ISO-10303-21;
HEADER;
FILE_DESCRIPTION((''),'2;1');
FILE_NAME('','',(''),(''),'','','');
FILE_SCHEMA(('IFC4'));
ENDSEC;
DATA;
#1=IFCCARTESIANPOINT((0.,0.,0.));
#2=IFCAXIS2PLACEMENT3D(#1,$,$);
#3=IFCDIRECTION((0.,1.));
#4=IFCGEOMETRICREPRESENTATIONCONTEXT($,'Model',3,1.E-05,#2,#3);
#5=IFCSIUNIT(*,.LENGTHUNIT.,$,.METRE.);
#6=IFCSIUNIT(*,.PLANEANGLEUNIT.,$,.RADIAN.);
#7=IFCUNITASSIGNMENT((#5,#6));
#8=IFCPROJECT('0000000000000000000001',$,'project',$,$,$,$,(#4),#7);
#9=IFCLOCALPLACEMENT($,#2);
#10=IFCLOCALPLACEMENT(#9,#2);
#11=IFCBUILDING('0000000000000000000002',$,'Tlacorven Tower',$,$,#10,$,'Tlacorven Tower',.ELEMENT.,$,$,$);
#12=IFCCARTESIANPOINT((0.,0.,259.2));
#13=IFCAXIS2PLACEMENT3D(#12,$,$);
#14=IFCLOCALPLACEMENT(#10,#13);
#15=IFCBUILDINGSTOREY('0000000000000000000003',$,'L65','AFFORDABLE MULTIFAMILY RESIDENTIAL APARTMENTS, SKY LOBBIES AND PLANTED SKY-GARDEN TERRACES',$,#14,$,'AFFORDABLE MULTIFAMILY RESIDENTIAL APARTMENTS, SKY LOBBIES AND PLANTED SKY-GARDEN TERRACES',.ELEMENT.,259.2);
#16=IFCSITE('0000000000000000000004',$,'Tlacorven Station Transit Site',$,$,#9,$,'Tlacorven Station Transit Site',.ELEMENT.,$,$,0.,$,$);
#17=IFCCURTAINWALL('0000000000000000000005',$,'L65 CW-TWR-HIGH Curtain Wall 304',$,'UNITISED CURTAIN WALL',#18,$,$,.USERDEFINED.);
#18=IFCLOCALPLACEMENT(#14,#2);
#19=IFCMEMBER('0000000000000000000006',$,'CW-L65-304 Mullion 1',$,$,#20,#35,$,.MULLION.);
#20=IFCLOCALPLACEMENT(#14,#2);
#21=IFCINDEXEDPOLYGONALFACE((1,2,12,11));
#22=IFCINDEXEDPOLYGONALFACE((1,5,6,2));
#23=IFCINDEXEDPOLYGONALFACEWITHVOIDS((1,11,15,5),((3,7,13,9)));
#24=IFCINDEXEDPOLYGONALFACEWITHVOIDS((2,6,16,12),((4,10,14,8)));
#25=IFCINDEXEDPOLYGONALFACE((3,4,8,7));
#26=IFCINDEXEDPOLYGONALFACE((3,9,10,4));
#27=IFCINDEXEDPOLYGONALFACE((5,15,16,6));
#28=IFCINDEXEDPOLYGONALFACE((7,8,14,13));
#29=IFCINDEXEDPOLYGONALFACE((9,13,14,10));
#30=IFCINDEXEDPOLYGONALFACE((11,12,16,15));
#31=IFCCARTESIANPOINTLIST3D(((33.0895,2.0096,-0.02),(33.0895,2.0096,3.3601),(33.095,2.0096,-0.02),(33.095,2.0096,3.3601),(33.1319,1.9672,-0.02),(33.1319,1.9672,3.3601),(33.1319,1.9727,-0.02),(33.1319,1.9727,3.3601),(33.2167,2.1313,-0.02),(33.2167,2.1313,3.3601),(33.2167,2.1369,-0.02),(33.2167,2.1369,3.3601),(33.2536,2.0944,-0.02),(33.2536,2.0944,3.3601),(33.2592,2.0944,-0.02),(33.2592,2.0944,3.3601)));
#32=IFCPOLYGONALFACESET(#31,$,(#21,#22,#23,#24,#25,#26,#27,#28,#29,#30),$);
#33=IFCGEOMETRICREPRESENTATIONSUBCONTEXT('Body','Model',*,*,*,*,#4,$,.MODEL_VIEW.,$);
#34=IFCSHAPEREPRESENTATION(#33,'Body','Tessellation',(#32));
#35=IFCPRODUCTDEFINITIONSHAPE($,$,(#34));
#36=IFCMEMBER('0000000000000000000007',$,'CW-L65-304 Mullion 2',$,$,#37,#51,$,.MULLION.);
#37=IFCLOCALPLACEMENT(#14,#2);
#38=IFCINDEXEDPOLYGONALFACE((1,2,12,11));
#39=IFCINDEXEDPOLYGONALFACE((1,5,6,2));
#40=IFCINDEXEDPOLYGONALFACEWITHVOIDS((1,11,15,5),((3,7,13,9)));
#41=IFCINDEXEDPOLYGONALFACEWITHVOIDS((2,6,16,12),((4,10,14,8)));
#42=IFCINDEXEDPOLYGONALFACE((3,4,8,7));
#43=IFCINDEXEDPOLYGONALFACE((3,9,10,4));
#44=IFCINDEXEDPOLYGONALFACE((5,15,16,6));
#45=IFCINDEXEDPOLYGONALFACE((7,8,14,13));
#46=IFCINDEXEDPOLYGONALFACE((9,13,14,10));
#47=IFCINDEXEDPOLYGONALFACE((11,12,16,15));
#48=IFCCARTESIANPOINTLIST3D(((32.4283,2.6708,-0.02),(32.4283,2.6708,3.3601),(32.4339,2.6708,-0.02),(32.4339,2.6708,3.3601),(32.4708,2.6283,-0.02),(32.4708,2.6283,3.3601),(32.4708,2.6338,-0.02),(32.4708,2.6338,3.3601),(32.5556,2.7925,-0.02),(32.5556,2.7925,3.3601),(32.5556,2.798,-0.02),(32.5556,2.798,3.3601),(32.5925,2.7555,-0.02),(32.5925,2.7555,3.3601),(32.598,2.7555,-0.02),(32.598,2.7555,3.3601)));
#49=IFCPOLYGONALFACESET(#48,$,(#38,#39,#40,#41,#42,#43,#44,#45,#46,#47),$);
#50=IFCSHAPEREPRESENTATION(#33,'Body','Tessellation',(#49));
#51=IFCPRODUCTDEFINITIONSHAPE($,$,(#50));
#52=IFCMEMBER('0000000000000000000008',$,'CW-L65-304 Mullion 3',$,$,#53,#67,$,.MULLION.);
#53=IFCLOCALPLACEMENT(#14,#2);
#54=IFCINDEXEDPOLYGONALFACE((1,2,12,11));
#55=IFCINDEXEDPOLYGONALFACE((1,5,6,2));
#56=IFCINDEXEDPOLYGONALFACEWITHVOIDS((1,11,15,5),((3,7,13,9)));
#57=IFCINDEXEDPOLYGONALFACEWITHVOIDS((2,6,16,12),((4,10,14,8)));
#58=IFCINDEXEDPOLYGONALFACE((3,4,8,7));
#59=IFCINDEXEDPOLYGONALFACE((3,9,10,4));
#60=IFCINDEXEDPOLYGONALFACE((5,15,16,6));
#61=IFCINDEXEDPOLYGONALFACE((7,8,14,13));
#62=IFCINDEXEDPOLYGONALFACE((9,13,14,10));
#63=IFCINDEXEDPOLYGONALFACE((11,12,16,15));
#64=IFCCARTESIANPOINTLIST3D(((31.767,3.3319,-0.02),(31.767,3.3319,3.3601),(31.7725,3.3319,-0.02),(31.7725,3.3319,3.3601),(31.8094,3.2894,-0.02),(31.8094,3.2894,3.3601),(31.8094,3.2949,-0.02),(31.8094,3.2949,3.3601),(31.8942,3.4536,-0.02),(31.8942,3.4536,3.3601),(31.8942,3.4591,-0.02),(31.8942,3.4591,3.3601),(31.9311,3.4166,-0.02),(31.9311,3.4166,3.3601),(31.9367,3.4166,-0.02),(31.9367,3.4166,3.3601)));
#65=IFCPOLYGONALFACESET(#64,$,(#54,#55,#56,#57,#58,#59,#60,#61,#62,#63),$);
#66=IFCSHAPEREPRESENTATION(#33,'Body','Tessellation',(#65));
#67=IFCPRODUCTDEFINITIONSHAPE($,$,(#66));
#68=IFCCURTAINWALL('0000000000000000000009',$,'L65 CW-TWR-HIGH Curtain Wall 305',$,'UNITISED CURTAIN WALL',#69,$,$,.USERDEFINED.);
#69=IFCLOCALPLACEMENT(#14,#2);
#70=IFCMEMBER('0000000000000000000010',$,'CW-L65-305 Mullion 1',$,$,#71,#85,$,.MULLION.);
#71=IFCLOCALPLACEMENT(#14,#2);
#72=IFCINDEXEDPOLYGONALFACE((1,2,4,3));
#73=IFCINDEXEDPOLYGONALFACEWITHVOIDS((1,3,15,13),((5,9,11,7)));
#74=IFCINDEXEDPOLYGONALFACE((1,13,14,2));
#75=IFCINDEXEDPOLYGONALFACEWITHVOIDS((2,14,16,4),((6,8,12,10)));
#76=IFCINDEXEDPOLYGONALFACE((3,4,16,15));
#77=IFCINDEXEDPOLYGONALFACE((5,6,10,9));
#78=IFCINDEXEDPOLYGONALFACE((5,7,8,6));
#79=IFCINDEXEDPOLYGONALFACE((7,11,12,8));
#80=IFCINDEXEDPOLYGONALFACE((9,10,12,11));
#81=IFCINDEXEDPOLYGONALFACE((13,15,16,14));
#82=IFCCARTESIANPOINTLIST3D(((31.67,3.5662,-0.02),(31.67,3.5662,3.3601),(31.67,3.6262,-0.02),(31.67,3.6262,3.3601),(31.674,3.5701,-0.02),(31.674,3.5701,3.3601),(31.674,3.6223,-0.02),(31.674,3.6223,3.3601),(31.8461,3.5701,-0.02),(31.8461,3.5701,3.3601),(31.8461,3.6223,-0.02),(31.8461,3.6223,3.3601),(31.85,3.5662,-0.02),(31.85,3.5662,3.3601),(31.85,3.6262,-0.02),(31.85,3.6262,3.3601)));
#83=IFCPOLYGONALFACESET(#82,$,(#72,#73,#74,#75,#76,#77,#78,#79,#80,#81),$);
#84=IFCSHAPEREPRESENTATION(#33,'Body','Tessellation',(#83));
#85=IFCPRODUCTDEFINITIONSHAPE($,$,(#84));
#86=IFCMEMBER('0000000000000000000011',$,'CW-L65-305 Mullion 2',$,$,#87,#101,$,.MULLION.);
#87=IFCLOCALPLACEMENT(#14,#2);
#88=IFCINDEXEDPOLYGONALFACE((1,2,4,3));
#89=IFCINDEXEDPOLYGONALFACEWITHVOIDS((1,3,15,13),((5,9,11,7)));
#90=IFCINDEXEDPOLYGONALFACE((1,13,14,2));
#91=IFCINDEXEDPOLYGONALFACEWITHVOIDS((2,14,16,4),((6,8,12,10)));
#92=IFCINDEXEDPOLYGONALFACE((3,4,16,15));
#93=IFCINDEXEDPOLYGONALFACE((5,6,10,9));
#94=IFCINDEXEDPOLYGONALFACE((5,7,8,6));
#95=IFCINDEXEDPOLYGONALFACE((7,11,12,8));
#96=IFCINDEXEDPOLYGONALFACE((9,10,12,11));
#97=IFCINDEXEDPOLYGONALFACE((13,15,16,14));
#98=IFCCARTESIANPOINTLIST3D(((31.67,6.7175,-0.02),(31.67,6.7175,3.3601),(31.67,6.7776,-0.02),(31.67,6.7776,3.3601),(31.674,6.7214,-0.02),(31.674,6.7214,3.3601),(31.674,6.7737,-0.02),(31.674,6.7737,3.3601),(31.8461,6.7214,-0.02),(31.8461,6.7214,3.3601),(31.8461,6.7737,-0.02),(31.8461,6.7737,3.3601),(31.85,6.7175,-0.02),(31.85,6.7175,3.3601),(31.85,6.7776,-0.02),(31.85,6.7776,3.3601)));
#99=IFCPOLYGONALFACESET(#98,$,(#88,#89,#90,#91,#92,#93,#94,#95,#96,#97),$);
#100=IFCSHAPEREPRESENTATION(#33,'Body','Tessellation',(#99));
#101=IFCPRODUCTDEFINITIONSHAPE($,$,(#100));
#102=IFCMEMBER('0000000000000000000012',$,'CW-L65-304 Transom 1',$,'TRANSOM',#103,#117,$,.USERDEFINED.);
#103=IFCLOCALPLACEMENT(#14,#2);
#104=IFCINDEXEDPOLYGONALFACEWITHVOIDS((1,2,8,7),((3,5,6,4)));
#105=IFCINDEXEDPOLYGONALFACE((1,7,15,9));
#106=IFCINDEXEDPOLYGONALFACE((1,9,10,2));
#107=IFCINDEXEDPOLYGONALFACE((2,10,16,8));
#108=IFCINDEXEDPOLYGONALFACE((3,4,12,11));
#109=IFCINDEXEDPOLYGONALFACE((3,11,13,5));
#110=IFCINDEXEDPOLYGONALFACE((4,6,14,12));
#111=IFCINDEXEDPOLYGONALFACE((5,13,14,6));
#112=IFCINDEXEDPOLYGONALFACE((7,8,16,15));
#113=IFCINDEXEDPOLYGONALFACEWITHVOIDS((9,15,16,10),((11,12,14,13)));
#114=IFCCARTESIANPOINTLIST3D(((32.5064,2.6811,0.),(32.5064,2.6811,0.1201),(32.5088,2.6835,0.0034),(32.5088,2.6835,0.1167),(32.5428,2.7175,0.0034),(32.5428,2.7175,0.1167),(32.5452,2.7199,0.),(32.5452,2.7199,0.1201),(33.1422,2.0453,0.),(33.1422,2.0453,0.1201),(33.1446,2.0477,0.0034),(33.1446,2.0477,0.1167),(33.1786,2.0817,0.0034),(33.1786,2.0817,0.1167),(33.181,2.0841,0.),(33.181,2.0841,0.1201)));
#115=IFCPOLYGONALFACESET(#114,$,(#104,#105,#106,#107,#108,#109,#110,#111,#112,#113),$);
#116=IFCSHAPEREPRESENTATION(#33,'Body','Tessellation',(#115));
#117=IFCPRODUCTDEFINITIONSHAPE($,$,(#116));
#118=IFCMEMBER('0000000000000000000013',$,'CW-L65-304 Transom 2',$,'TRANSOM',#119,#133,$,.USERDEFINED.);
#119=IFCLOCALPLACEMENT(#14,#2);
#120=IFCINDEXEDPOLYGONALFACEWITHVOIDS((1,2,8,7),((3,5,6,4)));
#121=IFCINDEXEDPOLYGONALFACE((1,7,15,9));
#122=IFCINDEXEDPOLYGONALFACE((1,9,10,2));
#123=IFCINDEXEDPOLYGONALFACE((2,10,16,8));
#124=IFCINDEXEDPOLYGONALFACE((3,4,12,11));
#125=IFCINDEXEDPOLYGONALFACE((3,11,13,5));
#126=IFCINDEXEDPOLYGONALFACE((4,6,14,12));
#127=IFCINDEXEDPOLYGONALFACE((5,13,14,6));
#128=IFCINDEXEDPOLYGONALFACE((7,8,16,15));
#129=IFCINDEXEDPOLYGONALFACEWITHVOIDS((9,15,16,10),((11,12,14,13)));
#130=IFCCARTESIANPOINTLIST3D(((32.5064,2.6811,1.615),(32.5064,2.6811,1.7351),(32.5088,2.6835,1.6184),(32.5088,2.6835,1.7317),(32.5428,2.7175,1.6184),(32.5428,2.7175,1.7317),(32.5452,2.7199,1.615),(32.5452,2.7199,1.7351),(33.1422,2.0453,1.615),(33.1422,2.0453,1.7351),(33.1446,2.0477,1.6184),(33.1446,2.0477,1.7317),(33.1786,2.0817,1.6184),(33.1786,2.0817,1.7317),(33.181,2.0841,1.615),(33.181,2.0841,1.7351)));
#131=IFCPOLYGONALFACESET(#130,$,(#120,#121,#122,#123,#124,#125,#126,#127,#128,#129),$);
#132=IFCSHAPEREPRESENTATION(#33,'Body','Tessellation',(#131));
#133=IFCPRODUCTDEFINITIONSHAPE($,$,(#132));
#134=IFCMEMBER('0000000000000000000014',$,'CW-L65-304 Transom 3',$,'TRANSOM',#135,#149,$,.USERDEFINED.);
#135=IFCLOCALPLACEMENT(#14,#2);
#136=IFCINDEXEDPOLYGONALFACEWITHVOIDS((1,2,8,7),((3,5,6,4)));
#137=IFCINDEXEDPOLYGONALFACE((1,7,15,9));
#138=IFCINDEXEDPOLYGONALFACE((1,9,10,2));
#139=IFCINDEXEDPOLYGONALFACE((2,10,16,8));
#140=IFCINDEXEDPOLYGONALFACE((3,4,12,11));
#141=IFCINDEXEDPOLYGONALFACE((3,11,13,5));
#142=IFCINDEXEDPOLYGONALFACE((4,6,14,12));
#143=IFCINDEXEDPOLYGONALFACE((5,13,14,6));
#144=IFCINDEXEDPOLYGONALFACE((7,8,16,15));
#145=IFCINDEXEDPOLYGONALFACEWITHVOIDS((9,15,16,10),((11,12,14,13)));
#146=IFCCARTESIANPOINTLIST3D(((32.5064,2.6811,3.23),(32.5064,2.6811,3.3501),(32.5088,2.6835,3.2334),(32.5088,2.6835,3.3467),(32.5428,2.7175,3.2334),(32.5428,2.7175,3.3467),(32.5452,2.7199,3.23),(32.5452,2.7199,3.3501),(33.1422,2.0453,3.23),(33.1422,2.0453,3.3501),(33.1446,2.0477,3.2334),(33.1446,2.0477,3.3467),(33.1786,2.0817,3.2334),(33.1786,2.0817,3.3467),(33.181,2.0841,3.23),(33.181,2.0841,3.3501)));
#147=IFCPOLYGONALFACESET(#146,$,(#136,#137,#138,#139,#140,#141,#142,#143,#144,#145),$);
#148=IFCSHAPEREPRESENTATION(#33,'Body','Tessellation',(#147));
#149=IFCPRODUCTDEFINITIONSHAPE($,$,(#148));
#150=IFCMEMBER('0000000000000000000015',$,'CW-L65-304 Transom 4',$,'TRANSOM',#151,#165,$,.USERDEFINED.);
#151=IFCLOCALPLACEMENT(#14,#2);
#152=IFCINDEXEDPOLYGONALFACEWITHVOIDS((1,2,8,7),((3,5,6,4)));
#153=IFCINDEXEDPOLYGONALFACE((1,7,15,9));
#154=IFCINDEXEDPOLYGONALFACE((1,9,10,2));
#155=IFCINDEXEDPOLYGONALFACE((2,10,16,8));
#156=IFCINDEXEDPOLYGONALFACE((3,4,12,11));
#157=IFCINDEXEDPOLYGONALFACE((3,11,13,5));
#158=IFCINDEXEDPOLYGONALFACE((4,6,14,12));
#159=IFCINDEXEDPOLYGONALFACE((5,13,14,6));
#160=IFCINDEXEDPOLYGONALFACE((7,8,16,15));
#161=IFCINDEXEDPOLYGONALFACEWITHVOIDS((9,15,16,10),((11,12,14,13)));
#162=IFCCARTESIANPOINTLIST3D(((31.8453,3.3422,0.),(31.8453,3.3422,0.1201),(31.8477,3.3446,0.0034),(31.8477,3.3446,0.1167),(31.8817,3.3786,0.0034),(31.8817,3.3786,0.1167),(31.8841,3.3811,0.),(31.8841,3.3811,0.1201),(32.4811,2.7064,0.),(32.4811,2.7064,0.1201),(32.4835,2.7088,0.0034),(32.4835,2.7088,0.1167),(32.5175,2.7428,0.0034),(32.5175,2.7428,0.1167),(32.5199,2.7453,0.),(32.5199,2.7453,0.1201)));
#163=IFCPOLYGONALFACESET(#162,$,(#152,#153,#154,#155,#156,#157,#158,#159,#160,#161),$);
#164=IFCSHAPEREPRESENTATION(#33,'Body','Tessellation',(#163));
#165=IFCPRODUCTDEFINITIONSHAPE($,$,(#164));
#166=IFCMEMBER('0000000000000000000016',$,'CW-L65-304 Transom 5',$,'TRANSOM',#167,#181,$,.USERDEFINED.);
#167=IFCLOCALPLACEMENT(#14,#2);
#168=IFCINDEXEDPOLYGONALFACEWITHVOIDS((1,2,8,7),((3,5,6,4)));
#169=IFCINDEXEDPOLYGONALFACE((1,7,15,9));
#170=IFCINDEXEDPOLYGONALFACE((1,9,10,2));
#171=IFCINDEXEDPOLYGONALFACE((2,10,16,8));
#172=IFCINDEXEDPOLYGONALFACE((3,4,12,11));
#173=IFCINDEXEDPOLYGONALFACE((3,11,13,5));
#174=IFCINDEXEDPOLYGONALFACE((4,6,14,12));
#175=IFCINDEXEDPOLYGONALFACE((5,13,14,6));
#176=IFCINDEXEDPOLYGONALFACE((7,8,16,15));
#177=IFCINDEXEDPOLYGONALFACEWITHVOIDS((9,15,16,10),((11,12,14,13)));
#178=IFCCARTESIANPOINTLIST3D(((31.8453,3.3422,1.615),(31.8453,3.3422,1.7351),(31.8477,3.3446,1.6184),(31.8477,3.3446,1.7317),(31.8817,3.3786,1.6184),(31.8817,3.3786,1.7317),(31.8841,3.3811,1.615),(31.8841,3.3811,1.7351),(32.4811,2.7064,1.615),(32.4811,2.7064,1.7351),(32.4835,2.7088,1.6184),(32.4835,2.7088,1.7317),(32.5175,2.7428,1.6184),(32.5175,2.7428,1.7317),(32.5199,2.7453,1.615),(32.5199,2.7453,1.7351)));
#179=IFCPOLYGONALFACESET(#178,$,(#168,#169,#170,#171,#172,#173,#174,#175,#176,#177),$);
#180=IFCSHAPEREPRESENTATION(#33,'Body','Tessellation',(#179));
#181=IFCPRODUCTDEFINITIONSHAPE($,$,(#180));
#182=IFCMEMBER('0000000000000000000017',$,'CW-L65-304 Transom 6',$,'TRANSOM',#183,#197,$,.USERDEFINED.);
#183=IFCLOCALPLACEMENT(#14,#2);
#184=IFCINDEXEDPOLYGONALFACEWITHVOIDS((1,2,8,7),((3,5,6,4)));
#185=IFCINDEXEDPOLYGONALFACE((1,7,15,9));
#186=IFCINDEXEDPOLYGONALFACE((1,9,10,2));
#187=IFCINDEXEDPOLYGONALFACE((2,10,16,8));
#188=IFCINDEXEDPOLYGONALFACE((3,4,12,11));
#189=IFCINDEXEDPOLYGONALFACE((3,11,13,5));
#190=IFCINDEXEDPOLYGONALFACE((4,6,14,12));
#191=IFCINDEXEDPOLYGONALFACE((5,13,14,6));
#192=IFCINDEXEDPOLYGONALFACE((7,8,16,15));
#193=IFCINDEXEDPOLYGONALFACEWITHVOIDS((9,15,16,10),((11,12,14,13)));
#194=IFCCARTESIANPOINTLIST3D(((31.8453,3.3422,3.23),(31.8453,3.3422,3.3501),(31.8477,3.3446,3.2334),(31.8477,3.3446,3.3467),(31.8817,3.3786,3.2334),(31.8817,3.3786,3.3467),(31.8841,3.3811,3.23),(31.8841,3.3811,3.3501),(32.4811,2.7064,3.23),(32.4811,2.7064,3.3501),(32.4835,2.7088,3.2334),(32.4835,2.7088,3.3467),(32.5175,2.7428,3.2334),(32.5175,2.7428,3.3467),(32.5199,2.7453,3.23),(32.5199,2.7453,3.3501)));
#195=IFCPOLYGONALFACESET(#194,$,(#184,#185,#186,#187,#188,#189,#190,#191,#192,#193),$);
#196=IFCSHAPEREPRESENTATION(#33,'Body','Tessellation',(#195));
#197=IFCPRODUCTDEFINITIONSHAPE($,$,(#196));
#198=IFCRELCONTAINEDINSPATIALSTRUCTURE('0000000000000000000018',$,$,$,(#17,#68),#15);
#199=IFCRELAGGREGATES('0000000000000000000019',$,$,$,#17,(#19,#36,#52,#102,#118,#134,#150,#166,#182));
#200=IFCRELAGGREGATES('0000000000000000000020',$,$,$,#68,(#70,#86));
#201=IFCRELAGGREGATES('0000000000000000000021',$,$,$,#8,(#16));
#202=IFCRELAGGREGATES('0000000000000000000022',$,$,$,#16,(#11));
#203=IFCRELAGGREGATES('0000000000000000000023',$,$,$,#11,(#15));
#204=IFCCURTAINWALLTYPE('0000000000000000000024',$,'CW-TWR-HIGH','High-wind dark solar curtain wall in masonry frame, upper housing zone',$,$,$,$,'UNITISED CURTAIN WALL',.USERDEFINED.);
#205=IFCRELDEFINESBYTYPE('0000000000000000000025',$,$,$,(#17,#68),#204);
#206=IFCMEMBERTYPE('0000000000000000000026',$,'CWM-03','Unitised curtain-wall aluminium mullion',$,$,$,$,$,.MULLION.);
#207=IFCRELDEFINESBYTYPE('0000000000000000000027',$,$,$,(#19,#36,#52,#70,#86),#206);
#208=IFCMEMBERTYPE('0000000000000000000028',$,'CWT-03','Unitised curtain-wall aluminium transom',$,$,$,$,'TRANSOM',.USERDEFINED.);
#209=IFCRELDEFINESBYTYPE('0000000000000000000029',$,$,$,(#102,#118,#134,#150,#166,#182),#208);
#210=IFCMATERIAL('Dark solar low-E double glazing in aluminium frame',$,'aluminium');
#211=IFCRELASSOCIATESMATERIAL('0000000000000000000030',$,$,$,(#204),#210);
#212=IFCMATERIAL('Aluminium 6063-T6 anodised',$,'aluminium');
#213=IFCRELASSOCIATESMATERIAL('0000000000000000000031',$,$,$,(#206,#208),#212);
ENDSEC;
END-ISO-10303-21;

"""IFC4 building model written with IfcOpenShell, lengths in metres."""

from ifc_helpers import new_model, si_unit, direction, frame, origin, origin_2d, place, context, subcontext, project, spatial, hollow_rectangle, extrude, source, transform, mapped, material, material_profile, profile_set, type_object, element, aggregate, save


model = new_model("IFC4")

# Units and contexts
model_context = context("Model", 3, precision=1e-05, world=origin(), true_north=direction((0.0, 1.0)))
body_context = subcontext(model_context, "Body", "Model", "MODEL_VIEW")
ifc_project = project(units=[si_unit("LENGTHUNIT", "METRE"), si_unit("PLANEANGLEUNIT", "RADIAN")], contexts=[model_context])

# Site, building, storey
site_placement = place(None, origin())
site = spatial("IfcSite", under=ifc_project, at=site_placement, Name="Tlacorven Station Transit Site", LongName="Tlacorven Station Transit Site", CompositionType="ELEMENT", RefElevation=0.0)
building_placement = place(site_placement, origin())
building = spatial("IfcBuilding", under=site, at=building_placement, Name="Tlacorven Tower", LongName="Tlacorven Tower", CompositionType="ELEMENT")
storey_placement = place(building_placement, frame((0.0, 0.0, 259.2)))
storey = spatial("IfcBuildingStorey", under=building, at=storey_placement, Name="L65", Description="AFFORDABLE MULTIFAMILY RESIDENTIAL APARTMENTS, SKY LOBBIES AND PLANTED SKY-GARDEN TERRACES", LongName="AFFORDABLE MULTIFAMILY RESIDENTIAL APARTMENTS, SKY LOBBIES AND PLANTED SKY-GARDEN TERRACES", CompositionType="ELEMENT", Elevation=259.2)

# Curtain walls, members
ifc_material_1 = material(Name="Dark solar low-E double glazing in aluminium frame", Category="aluminium")
curtain_wall_type = type_object("IfcCurtainWallType", Name="CW-TWR-HIGH", Description="High-wind dark solar curtain wall in masonry frame, upper housing zone", ElementType="UNITISED CURTAIN WALL", PredefinedType="USERDEFINED", material=ifc_material_1)
curtain_wall_1_placement = place(storey_placement, origin())
curtain_wall_1 = element("IfcCurtainWall", 1, at=curtain_wall_1_placement, inside=storey, type_object=curtain_wall_type, Name="L65 CW-TWR-HIGH Curtain Wall 304", ObjectType="UNITISED CURTAIN WALL", PredefinedType="USERDEFINED")
ifc_material_2 = material(Name="Aluminium 6063-T6 anodised", Category="aluminium")
ifc_material_profile_1 = material_profile(ifc_material_2, hollow_rectangle(XDim=0.0601, YDim=0.1799, WallThickness=0.0039, at=origin_2d()), Name="ALU MULLION 60X180")
ifc_profile_set_1 = profile_set([ifc_material_profile_1], Name="Aluminium 6063-T6 anodised")
member_type_1 = type_object("IfcMemberType", Name="CWM-03", Description="Unitised curtain-wall aluminium mullion", PredefinedType="MULLION", material=ifc_profile_set_1)
shared_shape_1 = source(origin(), body_context, "Body", "SweptSolid", [
    extrude(hollow_rectangle(XDim=0.0601, YDim=0.1799, WallThickness=0.0039, at=origin_2d()), origin(), (0.0, 0.0, 1.0), 3.3801),
])
member_1_placement = place(storey_placement, frame((33.1743, 2.052, -0.02), z_axis=(0.0, 0.0, 1.0), x_axis=(-0.707107, 0.707107, 0.0)))
member_1 = element("IfcMember", 2, at=member_1_placement, type_object=member_type_1, Name="CW-L65-304 Mullion 1", PredefinedType="MULLION", context=body_context, shape_type="MappedRepresentation", body=[
    mapped(shared_shape_1, transform((0.0, 0.0, 0.0), scale=1.0)),
])
member_2_placement = place(storey_placement, frame((32.5132, 2.7131, -0.02), z_axis=(0.0, 0.0, 1.0), x_axis=(-0.707107, 0.707107, 0.0)))
member_2 = element("IfcMember", 3, at=member_2_placement, type_object=member_type_1, Name="CW-L65-304 Mullion 2", PredefinedType="MULLION", context=body_context, shape_type="MappedRepresentation", body=[
    mapped(shared_shape_1, transform((0.0, 0.0, 0.0), scale=1.0)),
])
member_3_placement = place(storey_placement, frame((31.8518, 3.3743, -0.02), z_axis=(0.0, 0.0, 1.0), x_axis=(-0.707107, 0.707107, 0.0)))
member_3 = element("IfcMember", 4, at=member_3_placement, type_object=member_type_1, Name="CW-L65-304 Mullion 3", PredefinedType="MULLION", context=body_context, shape_type="MappedRepresentation", body=[
    mapped(shared_shape_1, transform((0.0, 0.0, 0.0), scale=1.0)),
])
curtain_wall_2_placement = place(storey_placement, origin())
curtain_wall_2 = element("IfcCurtainWall", 5, at=curtain_wall_2_placement, inside=storey, type_object=curtain_wall_type, Name="L65 CW-TWR-HIGH Curtain Wall 305", ObjectType="UNITISED CURTAIN WALL", PredefinedType="USERDEFINED")
member_4_placement = place(storey_placement, frame((31.76, 3.5962, -0.02), z_axis=(0.0, 0.0, 1.0), x_axis=(0.0, 1.0, 0.0)))
member_4 = element("IfcMember", 6, at=member_4_placement, type_object=member_type_1, Name="CW-L65-305 Mullion 1", PredefinedType="MULLION", context=body_context, shape_type="MappedRepresentation", body=[
    mapped(shared_shape_1, transform((0.0, 0.0, 0.0), scale=1.0)),
])
member_5_placement = place(storey_placement, frame((31.76, 6.7476, -0.02), z_axis=(0.0, 0.0, 1.0), x_axis=(0.0, 1.0, 0.0)))
member_5 = element("IfcMember", 7, at=member_5_placement, type_object=member_type_1, Name="CW-L65-305 Mullion 2", PredefinedType="MULLION", context=body_context, shape_type="MappedRepresentation", body=[
    mapped(shared_shape_1, transform((0.0, 0.0, 0.0), scale=1.0)),
])

# Members
ifc_material_profile_2 = material_profile(ifc_material_2, hollow_rectangle(XDim=0.0549, YDim=0.1201, WallThickness=0.0034, at=origin_2d()), Name="ALU TRANSOM 55X120")
ifc_profile_set_2 = profile_set([ifc_material_profile_2], Name="Aluminium 6063-T6 anodised")
member_type_2 = type_object("IfcMemberType", Name="CWT-03", Description="Unitised curtain-wall aluminium transom", ElementType="TRANSOM", PredefinedType="USERDEFINED", material=ifc_profile_set_2)
shared_shape_2 = source(origin(), body_context, "Body", "SweptSolid", [
    extrude(hollow_rectangle(XDim=0.0549, YDim=0.1201, WallThickness=0.0034, at=origin_2d()), origin(), (0.0, 0.0, 1.0), 0.8992),
])
member_6_placement = place(storey_placement, frame((33.1616, 2.0647, 0.0601), z_axis=(-0.707107, 0.707107, 0.0), x_axis=(-0.707107, -0.707107, 0.0)))
member_6 = element("IfcMember", 8, at=member_6_placement, type_object=member_type_2, Name="CW-L65-304 Transom 1", ObjectType="TRANSOM", PredefinedType="USERDEFINED", context=body_context, shape_type="MappedRepresentation", body=[
    mapped(shared_shape_2, transform((0.0, 0.0, 0.0), scale=1.0)),
])
member_7_placement = place(storey_placement, frame((33.1616, 2.0647, 1.675), z_axis=(-0.707107, 0.707107, 0.0), x_axis=(-0.707107, -0.707107, 0.0)))
member_7 = element("IfcMember", 9, at=member_7_placement, type_object=member_type_2, Name="CW-L65-304 Transom 2", ObjectType="TRANSOM", PredefinedType="USERDEFINED", context=body_context, shape_type="MappedRepresentation", body=[
    mapped(shared_shape_2, transform((0.0, 0.0, 0.0), scale=1.0)),
])
member_8_placement = place(storey_placement, frame((33.1616, 2.0647, 3.29), z_axis=(-0.707107, 0.707107, 0.0), x_axis=(-0.707107, -0.707107, 0.0)))
member_8 = element("IfcMember", 10, at=member_8_placement, type_object=member_type_2, Name="CW-L65-304 Transom 3", ObjectType="TRANSOM", PredefinedType="USERDEFINED", context=body_context, shape_type="MappedRepresentation", body=[
    mapped(shared_shape_2, transform((0.0, 0.0, 0.0), scale=1.0)),
])
member_9_placement = place(storey_placement, frame((32.5005, 2.7258, 0.0601), z_axis=(-0.707107, 0.707107, 0.0), x_axis=(-0.707107, -0.707107, 0.0)))
member_9 = element("IfcMember", 11, at=member_9_placement, type_object=member_type_2, Name="CW-L65-304 Transom 4", ObjectType="TRANSOM", PredefinedType="USERDEFINED", context=body_context, shape_type="MappedRepresentation", body=[
    mapped(shared_shape_2, transform((0.0, 0.0, 0.0), scale=1.0)),
])
member_10_placement = place(storey_placement, frame((32.5005, 2.7258, 1.675), z_axis=(-0.707107, 0.707107, 0.0), x_axis=(-0.707107, -0.707107, 0.0)))
member_10 = element("IfcMember", 12, at=member_10_placement, type_object=member_type_2, Name="CW-L65-304 Transom 5", ObjectType="TRANSOM", PredefinedType="USERDEFINED", context=body_context, shape_type="MappedRepresentation", body=[
    mapped(shared_shape_2, transform((0.0, 0.0, 0.0), scale=1.0)),
])
member_11_placement = place(storey_placement, frame((32.5005, 2.7258, 3.29), z_axis=(-0.707107, 0.707107, 0.0), x_axis=(-0.707107, -0.707107, 0.0)))
member_11 = element("IfcMember", 13, at=member_11_placement, type_object=member_type_2, Name="CW-L65-304 Transom 6", ObjectType="TRANSOM", PredefinedType="USERDEFINED", context=body_context, shape_type="MappedRepresentation", body=[
    mapped(shared_shape_2, transform((0.0, 0.0, 0.0), scale=1.0)),
])

aggregate(curtain_wall_1, [member_1, member_2, member_3, member_6, member_7, member_8, member_9, member_10, member_11])
aggregate(curtain_wall_2, [member_4, member_5])

save(model, "model.ifc")
